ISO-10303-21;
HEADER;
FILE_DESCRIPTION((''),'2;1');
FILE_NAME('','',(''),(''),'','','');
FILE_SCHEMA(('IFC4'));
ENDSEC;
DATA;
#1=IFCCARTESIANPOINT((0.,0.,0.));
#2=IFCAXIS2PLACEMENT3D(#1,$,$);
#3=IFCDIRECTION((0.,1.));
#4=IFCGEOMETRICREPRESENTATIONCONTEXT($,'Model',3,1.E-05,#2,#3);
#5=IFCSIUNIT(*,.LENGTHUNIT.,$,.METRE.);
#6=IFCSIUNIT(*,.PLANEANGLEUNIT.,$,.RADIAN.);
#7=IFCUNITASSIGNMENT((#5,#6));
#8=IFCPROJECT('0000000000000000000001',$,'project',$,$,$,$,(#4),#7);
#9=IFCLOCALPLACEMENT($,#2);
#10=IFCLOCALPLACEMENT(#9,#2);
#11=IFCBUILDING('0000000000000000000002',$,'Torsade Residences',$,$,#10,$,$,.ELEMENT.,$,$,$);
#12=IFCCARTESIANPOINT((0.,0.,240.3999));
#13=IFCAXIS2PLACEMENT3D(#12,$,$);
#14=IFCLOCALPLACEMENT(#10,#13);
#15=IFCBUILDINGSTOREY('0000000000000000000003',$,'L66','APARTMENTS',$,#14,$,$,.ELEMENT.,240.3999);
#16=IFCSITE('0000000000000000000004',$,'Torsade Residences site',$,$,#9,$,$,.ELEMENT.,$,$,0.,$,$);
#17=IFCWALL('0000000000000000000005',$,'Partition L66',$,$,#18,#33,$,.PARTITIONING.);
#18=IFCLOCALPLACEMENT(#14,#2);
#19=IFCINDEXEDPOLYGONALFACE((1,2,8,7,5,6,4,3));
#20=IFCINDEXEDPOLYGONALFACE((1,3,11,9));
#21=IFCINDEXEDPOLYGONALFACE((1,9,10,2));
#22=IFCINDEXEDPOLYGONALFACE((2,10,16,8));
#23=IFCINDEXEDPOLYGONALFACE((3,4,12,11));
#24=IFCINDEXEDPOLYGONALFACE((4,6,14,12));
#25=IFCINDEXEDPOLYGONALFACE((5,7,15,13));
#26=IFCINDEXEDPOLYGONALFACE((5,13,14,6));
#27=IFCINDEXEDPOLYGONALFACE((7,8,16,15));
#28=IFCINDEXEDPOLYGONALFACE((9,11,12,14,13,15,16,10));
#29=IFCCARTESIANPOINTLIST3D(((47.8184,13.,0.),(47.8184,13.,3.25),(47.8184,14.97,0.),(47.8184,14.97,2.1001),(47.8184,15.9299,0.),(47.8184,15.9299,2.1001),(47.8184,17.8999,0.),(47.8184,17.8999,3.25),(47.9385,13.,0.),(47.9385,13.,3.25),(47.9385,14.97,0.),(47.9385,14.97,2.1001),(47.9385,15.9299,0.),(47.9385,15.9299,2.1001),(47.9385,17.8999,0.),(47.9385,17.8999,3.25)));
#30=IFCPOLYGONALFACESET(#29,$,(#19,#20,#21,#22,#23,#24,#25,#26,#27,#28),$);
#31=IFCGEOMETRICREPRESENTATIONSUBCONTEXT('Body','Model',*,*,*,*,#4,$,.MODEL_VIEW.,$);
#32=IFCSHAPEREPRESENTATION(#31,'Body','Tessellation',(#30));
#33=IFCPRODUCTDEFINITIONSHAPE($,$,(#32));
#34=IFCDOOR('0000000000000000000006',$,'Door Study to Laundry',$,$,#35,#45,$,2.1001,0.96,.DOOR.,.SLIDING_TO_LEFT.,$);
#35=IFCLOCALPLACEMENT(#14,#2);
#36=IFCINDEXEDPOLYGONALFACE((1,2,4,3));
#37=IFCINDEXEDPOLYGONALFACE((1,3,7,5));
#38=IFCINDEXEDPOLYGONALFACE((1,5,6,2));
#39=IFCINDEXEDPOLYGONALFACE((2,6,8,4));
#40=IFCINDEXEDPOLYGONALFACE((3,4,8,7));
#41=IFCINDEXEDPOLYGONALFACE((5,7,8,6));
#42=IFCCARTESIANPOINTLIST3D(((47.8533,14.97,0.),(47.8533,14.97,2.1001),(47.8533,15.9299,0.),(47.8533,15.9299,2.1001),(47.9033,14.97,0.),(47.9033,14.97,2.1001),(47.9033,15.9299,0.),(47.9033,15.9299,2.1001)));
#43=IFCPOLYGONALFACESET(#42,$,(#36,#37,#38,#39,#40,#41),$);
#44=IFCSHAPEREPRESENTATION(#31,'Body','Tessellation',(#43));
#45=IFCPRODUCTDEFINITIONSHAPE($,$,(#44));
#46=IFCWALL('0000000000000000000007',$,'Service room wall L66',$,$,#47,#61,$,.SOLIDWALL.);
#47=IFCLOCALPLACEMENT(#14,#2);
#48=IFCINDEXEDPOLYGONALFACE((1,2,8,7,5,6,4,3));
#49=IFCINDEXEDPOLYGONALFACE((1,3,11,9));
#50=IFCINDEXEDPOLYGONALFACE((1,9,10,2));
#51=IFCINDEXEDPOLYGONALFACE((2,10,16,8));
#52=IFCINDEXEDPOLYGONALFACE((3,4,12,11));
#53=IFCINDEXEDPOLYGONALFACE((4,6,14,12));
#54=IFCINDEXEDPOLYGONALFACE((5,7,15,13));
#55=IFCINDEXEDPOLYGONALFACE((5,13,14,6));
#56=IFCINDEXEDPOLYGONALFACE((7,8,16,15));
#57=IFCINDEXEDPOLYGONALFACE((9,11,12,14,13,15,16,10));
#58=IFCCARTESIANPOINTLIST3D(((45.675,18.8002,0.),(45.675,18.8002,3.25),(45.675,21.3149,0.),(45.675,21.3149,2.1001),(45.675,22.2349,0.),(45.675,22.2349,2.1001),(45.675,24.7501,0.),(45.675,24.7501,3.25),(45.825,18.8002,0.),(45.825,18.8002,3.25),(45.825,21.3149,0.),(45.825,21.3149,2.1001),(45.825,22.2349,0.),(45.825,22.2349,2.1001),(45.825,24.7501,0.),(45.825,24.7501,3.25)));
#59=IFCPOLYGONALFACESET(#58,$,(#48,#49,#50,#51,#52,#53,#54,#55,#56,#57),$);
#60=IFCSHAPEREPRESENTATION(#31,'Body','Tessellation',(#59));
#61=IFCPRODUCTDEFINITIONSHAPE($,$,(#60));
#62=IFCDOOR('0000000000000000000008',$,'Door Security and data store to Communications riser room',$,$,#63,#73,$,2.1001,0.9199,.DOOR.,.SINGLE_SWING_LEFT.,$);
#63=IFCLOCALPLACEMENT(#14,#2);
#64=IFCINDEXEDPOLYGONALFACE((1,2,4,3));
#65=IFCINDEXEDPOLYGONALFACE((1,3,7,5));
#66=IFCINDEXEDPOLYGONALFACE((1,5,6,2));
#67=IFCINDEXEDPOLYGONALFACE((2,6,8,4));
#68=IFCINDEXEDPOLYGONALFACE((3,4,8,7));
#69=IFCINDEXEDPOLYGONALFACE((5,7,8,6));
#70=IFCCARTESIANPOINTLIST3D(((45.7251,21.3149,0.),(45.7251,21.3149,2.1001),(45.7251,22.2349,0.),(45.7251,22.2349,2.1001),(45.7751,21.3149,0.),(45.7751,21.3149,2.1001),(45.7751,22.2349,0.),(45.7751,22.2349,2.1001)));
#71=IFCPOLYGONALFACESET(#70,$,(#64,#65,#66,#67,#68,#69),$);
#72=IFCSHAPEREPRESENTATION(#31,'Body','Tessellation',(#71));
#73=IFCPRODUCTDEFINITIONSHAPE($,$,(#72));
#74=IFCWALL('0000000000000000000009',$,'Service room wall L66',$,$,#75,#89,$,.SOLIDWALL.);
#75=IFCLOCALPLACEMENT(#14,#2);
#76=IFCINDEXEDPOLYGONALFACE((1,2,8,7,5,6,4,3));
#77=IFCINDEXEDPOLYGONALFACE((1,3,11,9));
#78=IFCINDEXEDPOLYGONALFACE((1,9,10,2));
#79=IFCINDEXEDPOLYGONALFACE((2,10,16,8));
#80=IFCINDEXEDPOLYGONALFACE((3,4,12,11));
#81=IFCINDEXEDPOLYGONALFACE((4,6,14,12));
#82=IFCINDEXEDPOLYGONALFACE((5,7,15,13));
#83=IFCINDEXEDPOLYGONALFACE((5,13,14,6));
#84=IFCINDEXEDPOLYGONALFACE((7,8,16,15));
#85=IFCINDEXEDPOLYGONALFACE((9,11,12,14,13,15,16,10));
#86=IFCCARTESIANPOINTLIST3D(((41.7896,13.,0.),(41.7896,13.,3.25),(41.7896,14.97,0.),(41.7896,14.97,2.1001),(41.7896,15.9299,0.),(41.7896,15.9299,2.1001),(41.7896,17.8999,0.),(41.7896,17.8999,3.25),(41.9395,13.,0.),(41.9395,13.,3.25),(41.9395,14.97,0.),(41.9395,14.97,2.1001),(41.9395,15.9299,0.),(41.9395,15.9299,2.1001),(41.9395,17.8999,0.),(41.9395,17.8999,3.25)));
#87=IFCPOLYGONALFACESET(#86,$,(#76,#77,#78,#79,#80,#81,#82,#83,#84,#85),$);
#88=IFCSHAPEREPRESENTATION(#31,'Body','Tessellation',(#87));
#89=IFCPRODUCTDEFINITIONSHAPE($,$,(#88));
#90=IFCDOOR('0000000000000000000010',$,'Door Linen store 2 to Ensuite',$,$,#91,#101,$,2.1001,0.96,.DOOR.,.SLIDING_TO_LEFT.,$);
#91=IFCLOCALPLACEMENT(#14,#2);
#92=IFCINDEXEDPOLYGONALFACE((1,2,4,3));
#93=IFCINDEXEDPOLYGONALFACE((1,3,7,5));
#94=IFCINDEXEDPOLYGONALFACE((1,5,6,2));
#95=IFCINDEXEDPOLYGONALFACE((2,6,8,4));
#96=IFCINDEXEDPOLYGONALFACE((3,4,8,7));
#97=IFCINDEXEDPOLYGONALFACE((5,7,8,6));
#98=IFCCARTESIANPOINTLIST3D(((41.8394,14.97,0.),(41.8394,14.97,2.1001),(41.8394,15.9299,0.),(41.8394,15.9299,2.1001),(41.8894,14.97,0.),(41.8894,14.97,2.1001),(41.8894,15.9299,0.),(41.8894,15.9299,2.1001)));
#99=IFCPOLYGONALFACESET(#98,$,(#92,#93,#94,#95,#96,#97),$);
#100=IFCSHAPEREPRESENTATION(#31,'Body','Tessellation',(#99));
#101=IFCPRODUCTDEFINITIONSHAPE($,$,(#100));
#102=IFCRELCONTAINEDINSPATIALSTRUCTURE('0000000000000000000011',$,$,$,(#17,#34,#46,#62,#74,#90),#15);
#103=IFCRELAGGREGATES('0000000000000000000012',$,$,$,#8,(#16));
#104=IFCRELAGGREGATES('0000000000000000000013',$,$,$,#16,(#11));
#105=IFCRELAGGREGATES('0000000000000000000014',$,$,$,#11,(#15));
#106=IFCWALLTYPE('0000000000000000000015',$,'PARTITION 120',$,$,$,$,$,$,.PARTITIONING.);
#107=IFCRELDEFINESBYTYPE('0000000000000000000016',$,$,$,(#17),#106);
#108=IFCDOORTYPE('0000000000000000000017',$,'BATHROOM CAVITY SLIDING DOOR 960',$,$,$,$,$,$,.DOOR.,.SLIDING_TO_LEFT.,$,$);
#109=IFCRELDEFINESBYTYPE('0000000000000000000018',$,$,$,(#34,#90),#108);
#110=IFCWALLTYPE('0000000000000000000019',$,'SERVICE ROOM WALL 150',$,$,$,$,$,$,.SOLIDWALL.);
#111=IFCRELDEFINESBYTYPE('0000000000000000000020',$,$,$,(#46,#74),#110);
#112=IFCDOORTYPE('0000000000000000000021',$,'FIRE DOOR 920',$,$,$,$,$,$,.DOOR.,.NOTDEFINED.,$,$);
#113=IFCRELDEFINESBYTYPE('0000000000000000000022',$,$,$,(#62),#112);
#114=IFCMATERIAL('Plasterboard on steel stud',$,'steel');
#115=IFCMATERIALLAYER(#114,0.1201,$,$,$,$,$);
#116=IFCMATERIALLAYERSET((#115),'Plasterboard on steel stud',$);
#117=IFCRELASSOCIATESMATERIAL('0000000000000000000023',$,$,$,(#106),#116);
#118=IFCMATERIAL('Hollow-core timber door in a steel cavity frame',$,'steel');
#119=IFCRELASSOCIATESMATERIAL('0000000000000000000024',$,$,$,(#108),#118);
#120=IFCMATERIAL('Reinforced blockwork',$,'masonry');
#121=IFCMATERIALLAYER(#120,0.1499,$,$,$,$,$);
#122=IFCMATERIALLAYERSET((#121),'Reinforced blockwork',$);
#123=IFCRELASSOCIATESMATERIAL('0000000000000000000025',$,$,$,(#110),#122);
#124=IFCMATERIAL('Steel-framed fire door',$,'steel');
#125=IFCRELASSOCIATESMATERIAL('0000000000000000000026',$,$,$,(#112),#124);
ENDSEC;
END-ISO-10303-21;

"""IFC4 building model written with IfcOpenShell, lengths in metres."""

from ifc_helpers import new_model, si_unit, direction, frame, frame_2d, origin, place, context, subcontext, project, spatial, rectangle, extrude, material, layer, layer_set, type_object, element, fill, save


model = new_model("IFC4")

# Units and contexts
model_context = context("Model", 3, precision=1e-05, world=origin(), true_north=direction((0.0, 1.0)))
body_context = subcontext(model_context, "Body", "Model", "MODEL_VIEW")
ifc_project = project(units=[si_unit("LENGTHUNIT", "METRE"), si_unit("PLANEANGLEUNIT", "RADIAN")], contexts=[model_context])

# Site, building, storey
site_placement = place(None, origin())
site = spatial("IfcSite", under=ifc_project, at=site_placement, Name="Torsade Residences site", CompositionType="ELEMENT", RefElevation=0.0)
building_placement = place(site_placement, origin())
building = spatial("IfcBuilding", under=site, at=building_placement, Name="Torsade Residences", CompositionType="ELEMENT")
storey_placement = place(building_placement, frame((0.0, 0.0, 240.3999)))
storey = spatial("IfcBuildingStorey", under=building, at=storey_placement, Name="L66", Description="APARTMENTS", CompositionType="ELEMENT", Elevation=240.3999)

# Walls, openings, doors
ifc_material_1 = material(Name="Plasterboard on steel stud", Category="steel")
ifc_layer_1 = layer(ifc_material_1, 0.1201)
ifc_layer_set_1 = layer_set([ifc_layer_1], Name="Plasterboard on steel stud")
wall_type_1 = type_object("IfcWallType", Name="PARTITION 120", PredefinedType="PARTITIONING", material=ifc_layer_set_1)
wall_1_placement = place(storey_placement, frame((47.8784, 17.8999, 0.0), z_axis=(0.0, 0.0, 1.0), x_axis=(0.0, -1.0, 0.0)))
wall_1 = element("IfcWall", 1, at=wall_1_placement, inside=storey, type_object=wall_type_1, Name="Partition L66", PredefinedType="PARTITIONING", context=body_context, shape_type="SweptSolid", body=[
    extrude(rectangle(XDim=4.8999, YDim=0.1201, at=frame_2d((2.45, 0.0))), origin(), (0.0, 0.0, 1.0), 3.25),
])
opening_1_placement = place(wall_1_placement, frame((1.97, 0.0, 0.0)))
opening_1 = element("IfcOpeningElement", 2, at=opening_1_placement, cuts=wall_1, PredefinedType="OPENING", context=body_context, shape_type="SweptSolid", body=[
    extrude(rectangle(XDim=0.96, YDim=2.1001, at=frame_2d((0.48, 1.05))), frame((0.0, 0.0701, 0.0), z_axis=(0.0, -1.0, 0.0), x_axis=(1.0, 0.0, 0.0)), (0.0, 0.0, 1.0), 0.1401),
])
ifc_material_2 = material(Name="Hollow-core timber door in a steel cavity frame", Category="steel")
door_type_1 = type_object("IfcDoorType", Name="BATHROOM CAVITY SLIDING DOOR 960", OperationType="SLIDING_TO_LEFT", PredefinedType="DOOR", material=ifc_material_2)
door_1_placement = place(opening_1_placement, origin())
door_1 = element("IfcDoor", 3, at=door_1_placement, inside=storey, type_object=door_type_1, Name="Door Study to Laundry", OperationType="SLIDING_TO_LEFT", OverallHeight=2.1001, OverallWidth=0.96, PredefinedType="DOOR", context=body_context, shape_type="SweptSolid", body=[
    extrude(rectangle(XDim=0.96, YDim=2.1001, at=frame_2d((0.48, 1.05))), frame((0.0, 0.0249, 0.0), z_axis=(0.0, -1.0, 0.0), x_axis=(1.0, 0.0, 0.0)), (0.0, 0.0, 1.0), 0.05),
])
fill(opening_1, door_1)
ifc_material_3 = material(Name="Reinforced blockwork", Category="masonry")
ifc_layer_2 = layer(ifc_material_3, 0.1499)
ifc_layer_set_2 = layer_set([ifc_layer_2], Name="Reinforced blockwork")
wall_type_2 = type_object("IfcWallType", Name="SERVICE ROOM WALL 150", PredefinedType="SOLIDWALL", material=ifc_layer_set_2)
wall_2_placement = place(storey_placement, frame((45.75, 18.8, 0.0), z_axis=(0.0, 0.0, 1.0), x_axis=(0.0, 1.0, 0.0)))
wall_2 = element("IfcWall", 4, at=wall_2_placement, inside=storey, type_object=wall_type_2, Name="Service room wall L66", PredefinedType="SOLIDWALL", context=body_context, shape_type="SweptSolid", body=[
    extrude(rectangle(XDim=5.95, YDim=0.1499, at=frame_2d((2.9751, 0.0))), origin(), (0.0, 0.0, 1.0), 3.25),
])
opening_2_placement = place(wall_2_placement, frame((2.5149, 0.0, 0.0)))
opening_2 = element("IfcOpeningElement", 5, at=opening_2_placement, cuts=wall_2, PredefinedType="OPENING", context=body_context, shape_type="SweptSolid", body=[
    extrude(rectangle(XDim=0.9199, YDim=2.1001, at=frame_2d((0.46, 1.05))), frame((0.0, 0.085, 0.0), z_axis=(0.0, -1.0, 0.0), x_axis=(1.0, 0.0, 0.0)), (0.0, 0.0, 1.0), 0.1699),
])
ifc_material_4 = material(Name="Steel-framed fire door", Category="steel")
door_type_2 = type_object("IfcDoorType", Name="FIRE DOOR 920", OperationType="NOTDEFINED", PredefinedType="DOOR", material=ifc_material_4)
door_2_placement = place(opening_2_placement, origin())
door_2 = element("IfcDoor", 6, at=door_2_placement, inside=storey, type_object=door_type_2, Name="Door Security and data store to Communications riser room", OperationType="SINGLE_SWING_LEFT", OverallHeight=2.1001, OverallWidth=0.9199, PredefinedType="DOOR", context=body_context, shape_type="SweptSolid", body=[
    extrude(rectangle(XDim=0.9199, YDim=2.1001, at=frame_2d((0.46, 1.05))), frame((0.0, 0.0249, 0.0), z_axis=(0.0, -1.0, 0.0), x_axis=(1.0, 0.0, 0.0)), (0.0, 0.0, 1.0), 0.05),
])
fill(opening_2, door_2)
wall_3_placement = place(storey_placement, frame((41.8645, 17.8999, 0.0), z_axis=(0.0, 0.0, 1.0), x_axis=(0.0, -1.0, 0.0)))
wall_3 = element("IfcWall", 7, at=wall_3_placement, inside=storey, type_object=wall_type_2, Name="Service room wall L66", PredefinedType="SOLIDWALL", context=body_context, shape_type="SweptSolid", body=[
    extrude(rectangle(XDim=4.8999, YDim=0.1499, at=frame_2d((2.45, 0.0))), origin(), (0.0, 0.0, 1.0), 3.25),
])
opening_3_placement = place(wall_3_placement, frame((1.97, 0.0, 0.0)))
opening_3 = element("IfcOpeningElement", 8, at=opening_3_placement, cuts=wall_3, PredefinedType="OPENING", context=body_context, shape_type="SweptSolid", body=[
    extrude(rectangle(XDim=0.96, YDim=2.1001, at=frame_2d((0.48, 1.05))), frame((0.0, 0.085, 0.0), z_axis=(0.0, -1.0, 0.0), x_axis=(1.0, 0.0, 0.0)), (0.0, 0.0, 1.0), 0.1699),
])
door_3_placement = place(opening_3_placement, origin())
door_3 = element("IfcDoor", 9, at=door_3_placement, inside=storey, type_object=door_type_1, Name="Door Linen store 2 to Ensuite", OperationType="SLIDING_TO_LEFT", OverallHeight=2.1001, OverallWidth=0.96, PredefinedType="DOOR", context=body_context, shape_type="SweptSolid", body=[
    extrude(rectangle(XDim=0.96, YDim=2.1001, at=frame_2d((0.48, 1.05))), frame((0.0, 0.0249, 0.0), z_axis=(0.0, -1.0, 0.0), x_axis=(1.0, 0.0, 0.0)), (0.0, 0.0, 1.0), 0.05),
])
fill(opening_3, door_3)

save(model, "model.ifc")
